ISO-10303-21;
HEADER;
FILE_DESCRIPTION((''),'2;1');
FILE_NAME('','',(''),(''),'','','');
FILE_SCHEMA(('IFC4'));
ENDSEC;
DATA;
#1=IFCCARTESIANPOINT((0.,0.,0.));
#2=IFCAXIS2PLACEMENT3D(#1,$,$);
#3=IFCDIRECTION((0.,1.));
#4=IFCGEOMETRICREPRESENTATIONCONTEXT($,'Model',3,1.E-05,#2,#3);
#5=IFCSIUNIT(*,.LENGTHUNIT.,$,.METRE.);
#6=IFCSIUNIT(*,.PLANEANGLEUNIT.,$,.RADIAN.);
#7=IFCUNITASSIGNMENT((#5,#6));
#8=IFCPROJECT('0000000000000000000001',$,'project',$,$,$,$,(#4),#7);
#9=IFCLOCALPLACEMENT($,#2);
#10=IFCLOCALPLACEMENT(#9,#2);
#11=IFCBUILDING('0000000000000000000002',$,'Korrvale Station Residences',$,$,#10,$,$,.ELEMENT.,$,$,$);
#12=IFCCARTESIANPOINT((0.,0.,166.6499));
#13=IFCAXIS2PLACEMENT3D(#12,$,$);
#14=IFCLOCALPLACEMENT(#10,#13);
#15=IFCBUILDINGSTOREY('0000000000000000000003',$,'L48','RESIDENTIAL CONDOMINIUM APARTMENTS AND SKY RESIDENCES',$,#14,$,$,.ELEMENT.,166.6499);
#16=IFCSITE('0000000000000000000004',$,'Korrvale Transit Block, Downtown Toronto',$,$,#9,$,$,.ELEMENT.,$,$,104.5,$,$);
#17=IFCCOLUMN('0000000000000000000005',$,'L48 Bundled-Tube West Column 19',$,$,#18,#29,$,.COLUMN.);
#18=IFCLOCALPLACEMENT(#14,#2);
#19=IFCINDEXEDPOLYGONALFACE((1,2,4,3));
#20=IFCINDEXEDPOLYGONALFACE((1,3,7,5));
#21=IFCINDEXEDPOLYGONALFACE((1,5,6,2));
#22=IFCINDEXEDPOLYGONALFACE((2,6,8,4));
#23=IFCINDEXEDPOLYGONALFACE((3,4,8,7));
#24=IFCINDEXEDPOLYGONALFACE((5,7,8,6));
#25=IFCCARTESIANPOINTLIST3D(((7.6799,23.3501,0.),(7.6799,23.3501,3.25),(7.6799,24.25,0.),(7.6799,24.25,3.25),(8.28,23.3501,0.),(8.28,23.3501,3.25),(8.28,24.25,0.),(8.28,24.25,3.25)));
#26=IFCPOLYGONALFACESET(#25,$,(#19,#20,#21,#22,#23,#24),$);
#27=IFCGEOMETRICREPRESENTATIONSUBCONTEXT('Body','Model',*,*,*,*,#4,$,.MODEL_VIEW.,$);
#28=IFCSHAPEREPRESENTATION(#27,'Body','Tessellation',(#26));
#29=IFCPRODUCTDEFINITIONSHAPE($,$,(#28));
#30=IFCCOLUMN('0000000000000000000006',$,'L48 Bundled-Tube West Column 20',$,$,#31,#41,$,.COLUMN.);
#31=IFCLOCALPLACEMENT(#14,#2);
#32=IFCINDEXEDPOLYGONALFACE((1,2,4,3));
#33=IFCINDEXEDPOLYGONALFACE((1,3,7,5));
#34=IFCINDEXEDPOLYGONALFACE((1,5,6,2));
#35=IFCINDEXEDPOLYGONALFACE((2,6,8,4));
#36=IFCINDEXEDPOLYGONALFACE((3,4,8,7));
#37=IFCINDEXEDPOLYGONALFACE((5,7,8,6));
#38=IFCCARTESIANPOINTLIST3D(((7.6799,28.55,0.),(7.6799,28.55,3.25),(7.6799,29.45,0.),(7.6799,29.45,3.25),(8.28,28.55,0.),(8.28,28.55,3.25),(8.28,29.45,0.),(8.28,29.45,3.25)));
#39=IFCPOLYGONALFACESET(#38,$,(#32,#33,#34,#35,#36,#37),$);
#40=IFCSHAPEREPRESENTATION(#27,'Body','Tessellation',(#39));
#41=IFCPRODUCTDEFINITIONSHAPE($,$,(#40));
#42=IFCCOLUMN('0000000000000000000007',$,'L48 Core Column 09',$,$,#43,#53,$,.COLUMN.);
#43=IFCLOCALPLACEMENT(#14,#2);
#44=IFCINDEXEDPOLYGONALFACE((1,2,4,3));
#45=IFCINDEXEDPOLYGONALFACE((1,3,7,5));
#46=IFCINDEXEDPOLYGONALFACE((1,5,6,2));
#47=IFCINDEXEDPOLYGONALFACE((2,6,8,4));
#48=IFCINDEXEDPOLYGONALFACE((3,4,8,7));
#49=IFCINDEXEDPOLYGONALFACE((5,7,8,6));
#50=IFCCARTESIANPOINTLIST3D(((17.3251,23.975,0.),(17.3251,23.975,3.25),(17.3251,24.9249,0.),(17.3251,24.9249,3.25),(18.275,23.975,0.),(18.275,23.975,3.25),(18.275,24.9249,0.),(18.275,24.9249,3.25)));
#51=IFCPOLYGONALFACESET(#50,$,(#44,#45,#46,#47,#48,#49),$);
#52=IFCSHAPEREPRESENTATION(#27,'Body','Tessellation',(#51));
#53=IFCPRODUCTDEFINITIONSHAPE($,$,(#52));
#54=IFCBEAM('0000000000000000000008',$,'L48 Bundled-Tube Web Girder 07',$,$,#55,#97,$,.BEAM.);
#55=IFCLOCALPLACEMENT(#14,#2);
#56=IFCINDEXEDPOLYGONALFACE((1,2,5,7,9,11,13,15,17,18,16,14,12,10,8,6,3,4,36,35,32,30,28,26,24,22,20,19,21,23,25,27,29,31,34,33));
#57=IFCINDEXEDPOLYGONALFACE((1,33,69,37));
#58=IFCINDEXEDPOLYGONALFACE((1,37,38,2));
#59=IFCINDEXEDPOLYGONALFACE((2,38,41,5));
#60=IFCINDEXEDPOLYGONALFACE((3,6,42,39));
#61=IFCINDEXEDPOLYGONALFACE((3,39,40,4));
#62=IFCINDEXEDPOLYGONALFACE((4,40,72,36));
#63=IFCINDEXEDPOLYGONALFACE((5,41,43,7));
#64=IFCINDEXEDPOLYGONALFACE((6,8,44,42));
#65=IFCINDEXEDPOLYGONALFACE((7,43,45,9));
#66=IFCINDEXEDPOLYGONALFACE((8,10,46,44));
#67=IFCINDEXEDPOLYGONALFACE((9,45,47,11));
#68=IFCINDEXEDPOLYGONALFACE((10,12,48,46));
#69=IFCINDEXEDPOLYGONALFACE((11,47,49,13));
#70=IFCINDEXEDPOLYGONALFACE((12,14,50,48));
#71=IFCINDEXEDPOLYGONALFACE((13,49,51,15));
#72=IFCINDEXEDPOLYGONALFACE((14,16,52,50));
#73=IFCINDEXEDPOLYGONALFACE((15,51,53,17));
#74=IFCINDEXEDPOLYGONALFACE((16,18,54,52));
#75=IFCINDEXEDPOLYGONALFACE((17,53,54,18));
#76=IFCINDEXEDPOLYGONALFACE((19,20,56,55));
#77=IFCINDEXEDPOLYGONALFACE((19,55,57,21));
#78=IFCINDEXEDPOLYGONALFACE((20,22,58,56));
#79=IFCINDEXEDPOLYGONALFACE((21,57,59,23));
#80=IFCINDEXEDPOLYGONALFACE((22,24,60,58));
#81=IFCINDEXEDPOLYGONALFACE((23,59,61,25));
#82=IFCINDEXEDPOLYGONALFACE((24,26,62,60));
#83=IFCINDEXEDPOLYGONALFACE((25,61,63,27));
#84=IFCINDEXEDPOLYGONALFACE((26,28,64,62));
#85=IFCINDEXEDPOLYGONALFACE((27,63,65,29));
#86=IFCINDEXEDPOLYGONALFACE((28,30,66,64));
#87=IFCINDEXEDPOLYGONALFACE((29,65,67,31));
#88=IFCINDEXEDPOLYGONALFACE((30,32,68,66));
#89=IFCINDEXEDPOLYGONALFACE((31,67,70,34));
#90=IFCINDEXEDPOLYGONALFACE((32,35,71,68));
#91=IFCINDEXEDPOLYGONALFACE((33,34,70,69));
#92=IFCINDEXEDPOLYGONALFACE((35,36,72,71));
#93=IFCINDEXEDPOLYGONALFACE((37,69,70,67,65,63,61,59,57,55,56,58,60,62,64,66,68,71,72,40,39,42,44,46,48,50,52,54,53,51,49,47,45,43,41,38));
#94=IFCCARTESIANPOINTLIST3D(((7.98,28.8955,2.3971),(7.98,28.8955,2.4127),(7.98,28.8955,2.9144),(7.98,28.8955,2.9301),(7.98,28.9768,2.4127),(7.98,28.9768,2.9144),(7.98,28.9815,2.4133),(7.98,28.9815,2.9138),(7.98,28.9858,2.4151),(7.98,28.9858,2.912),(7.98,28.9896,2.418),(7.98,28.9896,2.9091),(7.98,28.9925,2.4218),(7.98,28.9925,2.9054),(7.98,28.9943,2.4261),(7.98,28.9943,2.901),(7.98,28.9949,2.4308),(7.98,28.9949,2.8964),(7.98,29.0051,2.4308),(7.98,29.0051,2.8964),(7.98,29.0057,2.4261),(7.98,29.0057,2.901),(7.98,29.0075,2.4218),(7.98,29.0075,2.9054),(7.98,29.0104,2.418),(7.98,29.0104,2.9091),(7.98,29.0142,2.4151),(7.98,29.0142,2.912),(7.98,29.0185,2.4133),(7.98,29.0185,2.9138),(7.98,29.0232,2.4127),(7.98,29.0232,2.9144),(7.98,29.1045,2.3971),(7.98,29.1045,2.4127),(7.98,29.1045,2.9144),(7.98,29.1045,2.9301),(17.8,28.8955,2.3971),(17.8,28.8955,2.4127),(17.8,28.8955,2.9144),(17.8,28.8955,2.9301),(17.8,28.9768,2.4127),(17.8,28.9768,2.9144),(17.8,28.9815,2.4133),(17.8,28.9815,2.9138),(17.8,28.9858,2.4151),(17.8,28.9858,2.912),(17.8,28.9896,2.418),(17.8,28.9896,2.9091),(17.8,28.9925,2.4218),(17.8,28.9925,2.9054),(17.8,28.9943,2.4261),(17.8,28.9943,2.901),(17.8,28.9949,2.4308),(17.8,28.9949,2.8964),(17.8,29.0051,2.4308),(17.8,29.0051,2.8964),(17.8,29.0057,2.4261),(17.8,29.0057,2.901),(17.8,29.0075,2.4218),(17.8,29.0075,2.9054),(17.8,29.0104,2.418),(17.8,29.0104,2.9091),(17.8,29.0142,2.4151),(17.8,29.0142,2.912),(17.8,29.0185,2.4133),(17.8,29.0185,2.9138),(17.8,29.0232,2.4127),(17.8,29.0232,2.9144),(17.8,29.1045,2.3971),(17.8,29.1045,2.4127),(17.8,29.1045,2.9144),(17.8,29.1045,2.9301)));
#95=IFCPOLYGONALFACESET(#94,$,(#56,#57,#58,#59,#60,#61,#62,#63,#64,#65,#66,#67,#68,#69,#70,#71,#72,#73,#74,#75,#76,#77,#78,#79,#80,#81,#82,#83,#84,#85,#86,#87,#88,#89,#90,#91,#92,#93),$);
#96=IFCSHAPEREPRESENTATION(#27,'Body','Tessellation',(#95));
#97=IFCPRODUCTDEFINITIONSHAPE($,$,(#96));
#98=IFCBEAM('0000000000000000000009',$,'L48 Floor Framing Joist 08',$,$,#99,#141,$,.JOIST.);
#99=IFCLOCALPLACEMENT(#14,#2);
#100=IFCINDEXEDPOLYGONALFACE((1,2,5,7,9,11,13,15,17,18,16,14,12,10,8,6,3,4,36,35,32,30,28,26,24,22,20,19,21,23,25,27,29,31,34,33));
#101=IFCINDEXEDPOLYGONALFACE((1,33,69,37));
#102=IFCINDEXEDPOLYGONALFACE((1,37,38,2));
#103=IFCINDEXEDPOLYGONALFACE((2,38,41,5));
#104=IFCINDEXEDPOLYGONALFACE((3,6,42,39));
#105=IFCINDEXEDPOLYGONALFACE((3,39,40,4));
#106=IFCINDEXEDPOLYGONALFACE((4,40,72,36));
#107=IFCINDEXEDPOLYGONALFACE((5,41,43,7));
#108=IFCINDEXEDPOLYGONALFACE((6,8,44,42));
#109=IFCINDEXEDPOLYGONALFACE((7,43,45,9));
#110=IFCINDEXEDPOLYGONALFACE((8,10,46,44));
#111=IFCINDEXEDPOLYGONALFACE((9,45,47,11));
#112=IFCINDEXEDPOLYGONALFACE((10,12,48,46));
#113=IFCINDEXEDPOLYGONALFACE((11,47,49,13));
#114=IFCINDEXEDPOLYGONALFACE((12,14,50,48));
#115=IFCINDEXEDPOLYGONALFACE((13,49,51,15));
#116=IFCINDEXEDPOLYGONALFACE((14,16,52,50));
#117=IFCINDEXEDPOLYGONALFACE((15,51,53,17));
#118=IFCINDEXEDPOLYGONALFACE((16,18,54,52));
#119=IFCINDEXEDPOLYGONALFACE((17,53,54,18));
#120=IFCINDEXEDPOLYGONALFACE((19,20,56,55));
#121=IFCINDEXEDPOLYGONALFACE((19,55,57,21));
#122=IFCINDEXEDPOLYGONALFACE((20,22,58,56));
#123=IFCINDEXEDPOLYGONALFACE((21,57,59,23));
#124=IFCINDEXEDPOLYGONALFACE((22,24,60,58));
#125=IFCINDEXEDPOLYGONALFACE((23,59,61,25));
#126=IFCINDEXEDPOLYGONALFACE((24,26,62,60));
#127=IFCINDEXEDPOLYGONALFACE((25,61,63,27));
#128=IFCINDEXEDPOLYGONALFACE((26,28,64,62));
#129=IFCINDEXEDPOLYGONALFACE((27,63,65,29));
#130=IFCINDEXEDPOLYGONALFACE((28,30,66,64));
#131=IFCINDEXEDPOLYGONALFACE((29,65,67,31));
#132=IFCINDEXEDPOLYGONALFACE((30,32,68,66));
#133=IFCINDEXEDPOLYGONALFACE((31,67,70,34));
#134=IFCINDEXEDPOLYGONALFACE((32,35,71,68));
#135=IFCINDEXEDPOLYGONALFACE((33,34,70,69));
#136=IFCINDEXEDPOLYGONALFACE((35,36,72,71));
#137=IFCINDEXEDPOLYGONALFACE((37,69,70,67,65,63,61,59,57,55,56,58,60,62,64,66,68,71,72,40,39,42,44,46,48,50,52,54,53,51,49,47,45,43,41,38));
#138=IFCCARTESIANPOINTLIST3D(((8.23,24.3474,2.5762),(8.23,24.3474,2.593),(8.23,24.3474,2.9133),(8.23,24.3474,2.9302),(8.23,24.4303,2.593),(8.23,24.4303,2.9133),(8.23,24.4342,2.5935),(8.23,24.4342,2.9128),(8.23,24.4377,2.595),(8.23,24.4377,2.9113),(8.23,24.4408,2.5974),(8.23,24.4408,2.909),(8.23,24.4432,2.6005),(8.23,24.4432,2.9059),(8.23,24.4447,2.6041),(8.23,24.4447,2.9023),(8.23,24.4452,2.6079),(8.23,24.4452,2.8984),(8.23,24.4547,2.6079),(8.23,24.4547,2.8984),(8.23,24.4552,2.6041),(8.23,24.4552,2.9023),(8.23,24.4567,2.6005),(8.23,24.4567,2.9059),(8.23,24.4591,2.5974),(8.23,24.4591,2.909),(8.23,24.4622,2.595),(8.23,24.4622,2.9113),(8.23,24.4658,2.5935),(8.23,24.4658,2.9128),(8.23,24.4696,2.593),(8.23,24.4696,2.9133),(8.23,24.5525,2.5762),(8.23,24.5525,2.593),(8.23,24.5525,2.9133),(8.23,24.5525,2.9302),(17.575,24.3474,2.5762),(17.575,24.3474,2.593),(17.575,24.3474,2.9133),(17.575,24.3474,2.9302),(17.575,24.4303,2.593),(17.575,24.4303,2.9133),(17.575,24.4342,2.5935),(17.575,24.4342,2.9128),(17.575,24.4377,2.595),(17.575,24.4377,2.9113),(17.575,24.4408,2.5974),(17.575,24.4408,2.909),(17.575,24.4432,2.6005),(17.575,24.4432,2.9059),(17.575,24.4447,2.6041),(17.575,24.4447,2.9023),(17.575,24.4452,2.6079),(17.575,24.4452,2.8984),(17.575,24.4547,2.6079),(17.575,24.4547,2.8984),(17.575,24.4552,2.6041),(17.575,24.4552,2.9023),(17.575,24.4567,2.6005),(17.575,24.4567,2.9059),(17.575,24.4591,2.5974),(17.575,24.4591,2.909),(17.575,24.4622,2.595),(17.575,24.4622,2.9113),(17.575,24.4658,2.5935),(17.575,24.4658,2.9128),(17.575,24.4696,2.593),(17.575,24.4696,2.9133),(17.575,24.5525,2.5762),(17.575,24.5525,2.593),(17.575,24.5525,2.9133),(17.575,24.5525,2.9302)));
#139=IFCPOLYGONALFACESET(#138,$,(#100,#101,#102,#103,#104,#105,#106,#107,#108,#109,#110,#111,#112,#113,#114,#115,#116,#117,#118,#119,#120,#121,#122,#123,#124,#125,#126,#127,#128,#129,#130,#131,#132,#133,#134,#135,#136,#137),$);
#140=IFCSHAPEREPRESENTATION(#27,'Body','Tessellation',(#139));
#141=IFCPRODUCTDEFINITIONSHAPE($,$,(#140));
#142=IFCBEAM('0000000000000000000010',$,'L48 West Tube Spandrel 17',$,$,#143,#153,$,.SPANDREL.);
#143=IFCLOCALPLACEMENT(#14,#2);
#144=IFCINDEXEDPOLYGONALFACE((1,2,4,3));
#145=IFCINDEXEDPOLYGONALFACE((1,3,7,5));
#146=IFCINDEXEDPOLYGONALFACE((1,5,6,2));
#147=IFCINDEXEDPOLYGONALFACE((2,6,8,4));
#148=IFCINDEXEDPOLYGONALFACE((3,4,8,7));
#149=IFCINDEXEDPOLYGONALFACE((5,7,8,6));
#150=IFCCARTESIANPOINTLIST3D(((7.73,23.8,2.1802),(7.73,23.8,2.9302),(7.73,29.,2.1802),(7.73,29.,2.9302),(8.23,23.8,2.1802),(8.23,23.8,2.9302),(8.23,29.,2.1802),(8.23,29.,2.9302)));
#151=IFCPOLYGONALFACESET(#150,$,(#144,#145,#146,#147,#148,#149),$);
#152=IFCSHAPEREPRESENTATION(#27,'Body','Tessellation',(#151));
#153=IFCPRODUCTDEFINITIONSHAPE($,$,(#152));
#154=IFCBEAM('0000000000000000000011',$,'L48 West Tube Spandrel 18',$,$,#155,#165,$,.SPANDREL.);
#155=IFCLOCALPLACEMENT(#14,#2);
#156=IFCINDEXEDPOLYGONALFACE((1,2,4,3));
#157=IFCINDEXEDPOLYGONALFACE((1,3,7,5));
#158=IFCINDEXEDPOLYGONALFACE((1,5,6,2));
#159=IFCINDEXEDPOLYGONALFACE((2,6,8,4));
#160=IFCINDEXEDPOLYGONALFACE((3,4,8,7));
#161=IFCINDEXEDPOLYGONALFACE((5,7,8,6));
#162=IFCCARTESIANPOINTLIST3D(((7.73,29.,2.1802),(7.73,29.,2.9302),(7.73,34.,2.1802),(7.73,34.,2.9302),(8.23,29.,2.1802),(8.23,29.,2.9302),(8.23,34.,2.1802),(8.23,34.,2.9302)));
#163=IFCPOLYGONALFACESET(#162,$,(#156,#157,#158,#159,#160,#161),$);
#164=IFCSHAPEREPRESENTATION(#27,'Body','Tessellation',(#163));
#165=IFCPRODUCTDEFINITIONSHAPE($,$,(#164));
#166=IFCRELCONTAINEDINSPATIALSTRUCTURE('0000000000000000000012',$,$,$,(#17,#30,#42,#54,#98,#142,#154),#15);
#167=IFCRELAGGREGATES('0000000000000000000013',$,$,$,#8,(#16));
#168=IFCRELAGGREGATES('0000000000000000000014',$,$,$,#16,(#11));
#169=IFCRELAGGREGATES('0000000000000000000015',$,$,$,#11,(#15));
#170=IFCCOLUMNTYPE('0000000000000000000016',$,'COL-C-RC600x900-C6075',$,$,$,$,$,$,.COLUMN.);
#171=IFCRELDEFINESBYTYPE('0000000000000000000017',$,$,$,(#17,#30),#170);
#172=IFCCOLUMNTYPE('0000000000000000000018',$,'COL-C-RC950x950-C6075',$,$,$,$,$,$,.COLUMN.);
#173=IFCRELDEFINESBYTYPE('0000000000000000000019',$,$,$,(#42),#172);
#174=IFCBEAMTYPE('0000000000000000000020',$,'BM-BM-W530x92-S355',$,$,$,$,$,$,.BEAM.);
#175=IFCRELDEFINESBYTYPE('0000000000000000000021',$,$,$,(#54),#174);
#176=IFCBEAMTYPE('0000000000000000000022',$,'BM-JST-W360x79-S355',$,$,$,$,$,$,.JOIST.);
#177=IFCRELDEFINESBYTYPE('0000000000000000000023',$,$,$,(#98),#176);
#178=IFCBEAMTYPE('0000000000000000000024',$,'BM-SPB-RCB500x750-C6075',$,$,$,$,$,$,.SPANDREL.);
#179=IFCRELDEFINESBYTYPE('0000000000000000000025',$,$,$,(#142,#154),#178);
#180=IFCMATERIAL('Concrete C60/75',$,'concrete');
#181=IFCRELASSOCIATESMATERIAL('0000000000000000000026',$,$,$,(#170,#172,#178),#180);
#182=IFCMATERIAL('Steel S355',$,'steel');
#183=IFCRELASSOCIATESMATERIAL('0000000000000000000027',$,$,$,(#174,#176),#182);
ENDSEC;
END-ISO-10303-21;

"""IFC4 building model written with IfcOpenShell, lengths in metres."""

from ifc_helpers import new_model, si_unit, direction, frame, origin, origin_2d, place, context, subcontext, project, spatial, rectangle, i_section, extrude, material, material_profile, profile_set, type_object, element, save


model = new_model("IFC4")

# Units and contexts
model_context = context("Model", 3, precision=1e-05, world=origin(), true_north=direction((0.0, 1.0)))
body_context = subcontext(model_context, "Body", "Model", "MODEL_VIEW")
ifc_project = project(units=[si_unit("LENGTHUNIT", "METRE"), si_unit("PLANEANGLEUNIT", "RADIAN")], contexts=[model_context])

# Site, building, storey
site_placement = place(None, origin())
site = spatial("IfcSite", under=ifc_project, at=site_placement, Name="Korrvale Transit Block, Downtown Toronto", CompositionType="ELEMENT", RefElevation=104.5)
building_placement = place(site_placement, origin())
building = spatial("IfcBuilding", under=site, at=building_placement, Name="Korrvale Station Residences", CompositionType="ELEMENT")
storey_placement = place(building_placement, frame((0.0, 0.0, 166.6499)))
storey = spatial("IfcBuildingStorey", under=building, at=storey_placement, Name="L48", Description="RESIDENTIAL CONDOMINIUM APARTMENTS AND SKY RESIDENCES", CompositionType="ELEMENT", Elevation=166.6499)

# Columns
ifc_material_1 = material(Name="Concrete C60/75", Category="concrete")
ifc_material_profile_1 = material_profile(ifc_material_1, rectangle(XDim=0.6001, YDim=0.8999, at=origin_2d()), Name="RC600x900")
ifc_profile_set_1 = profile_set([ifc_material_profile_1], Name="Concrete C60/75")
column_type_1 = type_object("IfcColumnType", Name="COL-C-RC600x900-C6075", PredefinedType="COLUMN", material=ifc_profile_set_1)
for number, where, z_axis, x_axis, name in (
    (1, (7.98, 23.8, 0.0), (0.0, 0.0, 1.0), (1.0, 0.0, 0.0), "L48 Bundled-Tube West Column 19"),
    (2, (7.98, 29.0, 0.0), (0.0, 0.0, 1.0), (1.0, 0.0, 0.0), "L48 Bundled-Tube West Column 20"),
):
    element("IfcColumn", number, at=place(storey_placement, frame(where, z_axis=z_axis, x_axis=x_axis)), inside=storey, type_object=column_type_1, Name=name, PredefinedType="COLUMN", context=body_context, shape_type="SweptSolid", body=[
        extrude(rectangle(XDim=0.6001, YDim=0.8999, at=origin_2d()), origin(), (0.0, 0.0, 1.0), 3.25),
    ])
ifc_material_profile_2 = material_profile(ifc_material_1, rectangle(XDim=0.95, YDim=0.95, at=origin_2d()), Name="RC950x950")
ifc_profile_set_2 = profile_set([ifc_material_profile_2], Name="Concrete C60/75")
column_type_2 = type_object("IfcColumnType", Name="COL-C-RC950x950-C6075", PredefinedType="COLUMN", material=ifc_profile_set_2)
column_placement = place(storey_placement, frame((17.8, 24.45, 0.0), z_axis=(0.0, 0.0, 1.0), x_axis=(1.0, 0.0, 0.0)))
element("IfcColumn", 3, at=column_placement, inside=storey, type_object=column_type_2, Name="L48 Core Column 09", PredefinedType="COLUMN", context=body_context, shape_type="SweptSolid", body=[
    extrude(rectangle(XDim=0.95, YDim=0.95, at=origin_2d()), origin(), (0.0, 0.0, 1.0), 3.25),
])

# Beams
ifc_material_2 = material(Name="Steel S355", Category="steel")
ifc_material_profile_3 = material_profile(ifc_material_2, i_section(OverallWidth=0.209, OverallDepth=0.533, WebThickness=0.0103, FlangeThickness=0.0156, FilletRadius=0.0181, at=origin_2d()), Name="W530x92")
ifc_profile_set_3 = profile_set([ifc_material_profile_3], Name="Steel S355")
beam_type_1 = type_object("IfcBeamType", Name="BM-BM-W530x92-S355", PredefinedType="BEAM", material=ifc_profile_set_3)
beam_1_placement = place(storey_placement, frame((7.98, 29.0, 2.6636), z_axis=(1.0, 0.0, 0.0), x_axis=(0.0, 1.0, 0.0)))
element("IfcBeam", 4, at=beam_1_placement, inside=storey, type_object=beam_type_1, Name="L48 Bundled-Tube Web Girder 07", PredefinedType="BEAM", context=body_context, shape_type="SweptSolid", body=[
    extrude(i_section(OverallWidth=0.209, OverallDepth=0.533, WebThickness=0.0103, FlangeThickness=0.0156, FilletRadius=0.0181, at=origin_2d()), origin(), (0.0, 0.0, 1.0), 9.8201),
])
ifc_material_profile_4 = material_profile(ifc_material_2, i_section(OverallWidth=0.2051, OverallDepth=0.354, WebThickness=0.0095, FlangeThickness=0.0168, FilletRadius=0.0149, at=origin_2d()), Name="W360x79")
ifc_profile_set_4 = profile_set([ifc_material_profile_4], Name="Steel S355")
beam_type_2 = type_object("IfcBeamType", Name="BM-JST-W360x79-S355", PredefinedType="JOIST", material=ifc_profile_set_4)
beam_2_placement = place(storey_placement, frame((8.23, 24.45, 2.7532), z_axis=(1.0, 0.0, 0.0), x_axis=(0.0, 1.0, 0.0)))
element("IfcBeam", 5, at=beam_2_placement, inside=storey, type_object=beam_type_2, Name="L48 Floor Framing Joist 08", PredefinedType="JOIST", context=body_context, shape_type="SweptSolid", body=[
    extrude(i_section(OverallWidth=0.2051, OverallDepth=0.354, WebThickness=0.0095, FlangeThickness=0.0168, FilletRadius=0.0149, at=origin_2d()), origin(), (0.0, 0.0, 1.0), 9.345),
])
ifc_material_profile_5 = material_profile(ifc_material_1, rectangle(XDim=0.5, YDim=0.75, at=origin_2d()), Name="RCB500x750")
ifc_profile_set_5 = profile_set([ifc_material_profile_5], Name="Concrete C60/75")
beam_type_3 = type_object("IfcBeamType", Name="BM-SPB-RCB500x750-C6075", PredefinedType="SPANDREL", material=ifc_profile_set_5)
beam_3_placement = place(storey_placement, frame((7.98, 23.8, 2.5552), z_axis=(0.0, 1.0, 0.0), x_axis=(-1.0, 0.0, 0.0)))
element("IfcBeam", 6, at=beam_3_placement, inside=storey, type_object=beam_type_3, Name="L48 West Tube Spandrel 17", PredefinedType="SPANDREL", context=body_context, shape_type="SweptSolid", body=[
    extrude(rectangle(XDim=0.5, YDim=0.75, at=origin_2d()), origin(), (0.0, 0.0, 1.0), 5.2),
])
beam_4_placement = place(storey_placement, frame((7.98, 29.0, 2.5552), z_axis=(0.0, 1.0, 0.0), x_axis=(-1.0, 0.0, 0.0)))
element("IfcBeam", 7, at=beam_4_placement, inside=storey, type_object=beam_type_3, Name="L48 West Tube Spandrel 18", PredefinedType="SPANDREL", context=body_context, shape_type="SweptSolid", body=[
    extrude(rectangle(XDim=0.5, YDim=0.75, at=origin_2d()), origin(), (0.0, 0.0, 1.0), 5.0),
])

save(model, "model.ifc")
